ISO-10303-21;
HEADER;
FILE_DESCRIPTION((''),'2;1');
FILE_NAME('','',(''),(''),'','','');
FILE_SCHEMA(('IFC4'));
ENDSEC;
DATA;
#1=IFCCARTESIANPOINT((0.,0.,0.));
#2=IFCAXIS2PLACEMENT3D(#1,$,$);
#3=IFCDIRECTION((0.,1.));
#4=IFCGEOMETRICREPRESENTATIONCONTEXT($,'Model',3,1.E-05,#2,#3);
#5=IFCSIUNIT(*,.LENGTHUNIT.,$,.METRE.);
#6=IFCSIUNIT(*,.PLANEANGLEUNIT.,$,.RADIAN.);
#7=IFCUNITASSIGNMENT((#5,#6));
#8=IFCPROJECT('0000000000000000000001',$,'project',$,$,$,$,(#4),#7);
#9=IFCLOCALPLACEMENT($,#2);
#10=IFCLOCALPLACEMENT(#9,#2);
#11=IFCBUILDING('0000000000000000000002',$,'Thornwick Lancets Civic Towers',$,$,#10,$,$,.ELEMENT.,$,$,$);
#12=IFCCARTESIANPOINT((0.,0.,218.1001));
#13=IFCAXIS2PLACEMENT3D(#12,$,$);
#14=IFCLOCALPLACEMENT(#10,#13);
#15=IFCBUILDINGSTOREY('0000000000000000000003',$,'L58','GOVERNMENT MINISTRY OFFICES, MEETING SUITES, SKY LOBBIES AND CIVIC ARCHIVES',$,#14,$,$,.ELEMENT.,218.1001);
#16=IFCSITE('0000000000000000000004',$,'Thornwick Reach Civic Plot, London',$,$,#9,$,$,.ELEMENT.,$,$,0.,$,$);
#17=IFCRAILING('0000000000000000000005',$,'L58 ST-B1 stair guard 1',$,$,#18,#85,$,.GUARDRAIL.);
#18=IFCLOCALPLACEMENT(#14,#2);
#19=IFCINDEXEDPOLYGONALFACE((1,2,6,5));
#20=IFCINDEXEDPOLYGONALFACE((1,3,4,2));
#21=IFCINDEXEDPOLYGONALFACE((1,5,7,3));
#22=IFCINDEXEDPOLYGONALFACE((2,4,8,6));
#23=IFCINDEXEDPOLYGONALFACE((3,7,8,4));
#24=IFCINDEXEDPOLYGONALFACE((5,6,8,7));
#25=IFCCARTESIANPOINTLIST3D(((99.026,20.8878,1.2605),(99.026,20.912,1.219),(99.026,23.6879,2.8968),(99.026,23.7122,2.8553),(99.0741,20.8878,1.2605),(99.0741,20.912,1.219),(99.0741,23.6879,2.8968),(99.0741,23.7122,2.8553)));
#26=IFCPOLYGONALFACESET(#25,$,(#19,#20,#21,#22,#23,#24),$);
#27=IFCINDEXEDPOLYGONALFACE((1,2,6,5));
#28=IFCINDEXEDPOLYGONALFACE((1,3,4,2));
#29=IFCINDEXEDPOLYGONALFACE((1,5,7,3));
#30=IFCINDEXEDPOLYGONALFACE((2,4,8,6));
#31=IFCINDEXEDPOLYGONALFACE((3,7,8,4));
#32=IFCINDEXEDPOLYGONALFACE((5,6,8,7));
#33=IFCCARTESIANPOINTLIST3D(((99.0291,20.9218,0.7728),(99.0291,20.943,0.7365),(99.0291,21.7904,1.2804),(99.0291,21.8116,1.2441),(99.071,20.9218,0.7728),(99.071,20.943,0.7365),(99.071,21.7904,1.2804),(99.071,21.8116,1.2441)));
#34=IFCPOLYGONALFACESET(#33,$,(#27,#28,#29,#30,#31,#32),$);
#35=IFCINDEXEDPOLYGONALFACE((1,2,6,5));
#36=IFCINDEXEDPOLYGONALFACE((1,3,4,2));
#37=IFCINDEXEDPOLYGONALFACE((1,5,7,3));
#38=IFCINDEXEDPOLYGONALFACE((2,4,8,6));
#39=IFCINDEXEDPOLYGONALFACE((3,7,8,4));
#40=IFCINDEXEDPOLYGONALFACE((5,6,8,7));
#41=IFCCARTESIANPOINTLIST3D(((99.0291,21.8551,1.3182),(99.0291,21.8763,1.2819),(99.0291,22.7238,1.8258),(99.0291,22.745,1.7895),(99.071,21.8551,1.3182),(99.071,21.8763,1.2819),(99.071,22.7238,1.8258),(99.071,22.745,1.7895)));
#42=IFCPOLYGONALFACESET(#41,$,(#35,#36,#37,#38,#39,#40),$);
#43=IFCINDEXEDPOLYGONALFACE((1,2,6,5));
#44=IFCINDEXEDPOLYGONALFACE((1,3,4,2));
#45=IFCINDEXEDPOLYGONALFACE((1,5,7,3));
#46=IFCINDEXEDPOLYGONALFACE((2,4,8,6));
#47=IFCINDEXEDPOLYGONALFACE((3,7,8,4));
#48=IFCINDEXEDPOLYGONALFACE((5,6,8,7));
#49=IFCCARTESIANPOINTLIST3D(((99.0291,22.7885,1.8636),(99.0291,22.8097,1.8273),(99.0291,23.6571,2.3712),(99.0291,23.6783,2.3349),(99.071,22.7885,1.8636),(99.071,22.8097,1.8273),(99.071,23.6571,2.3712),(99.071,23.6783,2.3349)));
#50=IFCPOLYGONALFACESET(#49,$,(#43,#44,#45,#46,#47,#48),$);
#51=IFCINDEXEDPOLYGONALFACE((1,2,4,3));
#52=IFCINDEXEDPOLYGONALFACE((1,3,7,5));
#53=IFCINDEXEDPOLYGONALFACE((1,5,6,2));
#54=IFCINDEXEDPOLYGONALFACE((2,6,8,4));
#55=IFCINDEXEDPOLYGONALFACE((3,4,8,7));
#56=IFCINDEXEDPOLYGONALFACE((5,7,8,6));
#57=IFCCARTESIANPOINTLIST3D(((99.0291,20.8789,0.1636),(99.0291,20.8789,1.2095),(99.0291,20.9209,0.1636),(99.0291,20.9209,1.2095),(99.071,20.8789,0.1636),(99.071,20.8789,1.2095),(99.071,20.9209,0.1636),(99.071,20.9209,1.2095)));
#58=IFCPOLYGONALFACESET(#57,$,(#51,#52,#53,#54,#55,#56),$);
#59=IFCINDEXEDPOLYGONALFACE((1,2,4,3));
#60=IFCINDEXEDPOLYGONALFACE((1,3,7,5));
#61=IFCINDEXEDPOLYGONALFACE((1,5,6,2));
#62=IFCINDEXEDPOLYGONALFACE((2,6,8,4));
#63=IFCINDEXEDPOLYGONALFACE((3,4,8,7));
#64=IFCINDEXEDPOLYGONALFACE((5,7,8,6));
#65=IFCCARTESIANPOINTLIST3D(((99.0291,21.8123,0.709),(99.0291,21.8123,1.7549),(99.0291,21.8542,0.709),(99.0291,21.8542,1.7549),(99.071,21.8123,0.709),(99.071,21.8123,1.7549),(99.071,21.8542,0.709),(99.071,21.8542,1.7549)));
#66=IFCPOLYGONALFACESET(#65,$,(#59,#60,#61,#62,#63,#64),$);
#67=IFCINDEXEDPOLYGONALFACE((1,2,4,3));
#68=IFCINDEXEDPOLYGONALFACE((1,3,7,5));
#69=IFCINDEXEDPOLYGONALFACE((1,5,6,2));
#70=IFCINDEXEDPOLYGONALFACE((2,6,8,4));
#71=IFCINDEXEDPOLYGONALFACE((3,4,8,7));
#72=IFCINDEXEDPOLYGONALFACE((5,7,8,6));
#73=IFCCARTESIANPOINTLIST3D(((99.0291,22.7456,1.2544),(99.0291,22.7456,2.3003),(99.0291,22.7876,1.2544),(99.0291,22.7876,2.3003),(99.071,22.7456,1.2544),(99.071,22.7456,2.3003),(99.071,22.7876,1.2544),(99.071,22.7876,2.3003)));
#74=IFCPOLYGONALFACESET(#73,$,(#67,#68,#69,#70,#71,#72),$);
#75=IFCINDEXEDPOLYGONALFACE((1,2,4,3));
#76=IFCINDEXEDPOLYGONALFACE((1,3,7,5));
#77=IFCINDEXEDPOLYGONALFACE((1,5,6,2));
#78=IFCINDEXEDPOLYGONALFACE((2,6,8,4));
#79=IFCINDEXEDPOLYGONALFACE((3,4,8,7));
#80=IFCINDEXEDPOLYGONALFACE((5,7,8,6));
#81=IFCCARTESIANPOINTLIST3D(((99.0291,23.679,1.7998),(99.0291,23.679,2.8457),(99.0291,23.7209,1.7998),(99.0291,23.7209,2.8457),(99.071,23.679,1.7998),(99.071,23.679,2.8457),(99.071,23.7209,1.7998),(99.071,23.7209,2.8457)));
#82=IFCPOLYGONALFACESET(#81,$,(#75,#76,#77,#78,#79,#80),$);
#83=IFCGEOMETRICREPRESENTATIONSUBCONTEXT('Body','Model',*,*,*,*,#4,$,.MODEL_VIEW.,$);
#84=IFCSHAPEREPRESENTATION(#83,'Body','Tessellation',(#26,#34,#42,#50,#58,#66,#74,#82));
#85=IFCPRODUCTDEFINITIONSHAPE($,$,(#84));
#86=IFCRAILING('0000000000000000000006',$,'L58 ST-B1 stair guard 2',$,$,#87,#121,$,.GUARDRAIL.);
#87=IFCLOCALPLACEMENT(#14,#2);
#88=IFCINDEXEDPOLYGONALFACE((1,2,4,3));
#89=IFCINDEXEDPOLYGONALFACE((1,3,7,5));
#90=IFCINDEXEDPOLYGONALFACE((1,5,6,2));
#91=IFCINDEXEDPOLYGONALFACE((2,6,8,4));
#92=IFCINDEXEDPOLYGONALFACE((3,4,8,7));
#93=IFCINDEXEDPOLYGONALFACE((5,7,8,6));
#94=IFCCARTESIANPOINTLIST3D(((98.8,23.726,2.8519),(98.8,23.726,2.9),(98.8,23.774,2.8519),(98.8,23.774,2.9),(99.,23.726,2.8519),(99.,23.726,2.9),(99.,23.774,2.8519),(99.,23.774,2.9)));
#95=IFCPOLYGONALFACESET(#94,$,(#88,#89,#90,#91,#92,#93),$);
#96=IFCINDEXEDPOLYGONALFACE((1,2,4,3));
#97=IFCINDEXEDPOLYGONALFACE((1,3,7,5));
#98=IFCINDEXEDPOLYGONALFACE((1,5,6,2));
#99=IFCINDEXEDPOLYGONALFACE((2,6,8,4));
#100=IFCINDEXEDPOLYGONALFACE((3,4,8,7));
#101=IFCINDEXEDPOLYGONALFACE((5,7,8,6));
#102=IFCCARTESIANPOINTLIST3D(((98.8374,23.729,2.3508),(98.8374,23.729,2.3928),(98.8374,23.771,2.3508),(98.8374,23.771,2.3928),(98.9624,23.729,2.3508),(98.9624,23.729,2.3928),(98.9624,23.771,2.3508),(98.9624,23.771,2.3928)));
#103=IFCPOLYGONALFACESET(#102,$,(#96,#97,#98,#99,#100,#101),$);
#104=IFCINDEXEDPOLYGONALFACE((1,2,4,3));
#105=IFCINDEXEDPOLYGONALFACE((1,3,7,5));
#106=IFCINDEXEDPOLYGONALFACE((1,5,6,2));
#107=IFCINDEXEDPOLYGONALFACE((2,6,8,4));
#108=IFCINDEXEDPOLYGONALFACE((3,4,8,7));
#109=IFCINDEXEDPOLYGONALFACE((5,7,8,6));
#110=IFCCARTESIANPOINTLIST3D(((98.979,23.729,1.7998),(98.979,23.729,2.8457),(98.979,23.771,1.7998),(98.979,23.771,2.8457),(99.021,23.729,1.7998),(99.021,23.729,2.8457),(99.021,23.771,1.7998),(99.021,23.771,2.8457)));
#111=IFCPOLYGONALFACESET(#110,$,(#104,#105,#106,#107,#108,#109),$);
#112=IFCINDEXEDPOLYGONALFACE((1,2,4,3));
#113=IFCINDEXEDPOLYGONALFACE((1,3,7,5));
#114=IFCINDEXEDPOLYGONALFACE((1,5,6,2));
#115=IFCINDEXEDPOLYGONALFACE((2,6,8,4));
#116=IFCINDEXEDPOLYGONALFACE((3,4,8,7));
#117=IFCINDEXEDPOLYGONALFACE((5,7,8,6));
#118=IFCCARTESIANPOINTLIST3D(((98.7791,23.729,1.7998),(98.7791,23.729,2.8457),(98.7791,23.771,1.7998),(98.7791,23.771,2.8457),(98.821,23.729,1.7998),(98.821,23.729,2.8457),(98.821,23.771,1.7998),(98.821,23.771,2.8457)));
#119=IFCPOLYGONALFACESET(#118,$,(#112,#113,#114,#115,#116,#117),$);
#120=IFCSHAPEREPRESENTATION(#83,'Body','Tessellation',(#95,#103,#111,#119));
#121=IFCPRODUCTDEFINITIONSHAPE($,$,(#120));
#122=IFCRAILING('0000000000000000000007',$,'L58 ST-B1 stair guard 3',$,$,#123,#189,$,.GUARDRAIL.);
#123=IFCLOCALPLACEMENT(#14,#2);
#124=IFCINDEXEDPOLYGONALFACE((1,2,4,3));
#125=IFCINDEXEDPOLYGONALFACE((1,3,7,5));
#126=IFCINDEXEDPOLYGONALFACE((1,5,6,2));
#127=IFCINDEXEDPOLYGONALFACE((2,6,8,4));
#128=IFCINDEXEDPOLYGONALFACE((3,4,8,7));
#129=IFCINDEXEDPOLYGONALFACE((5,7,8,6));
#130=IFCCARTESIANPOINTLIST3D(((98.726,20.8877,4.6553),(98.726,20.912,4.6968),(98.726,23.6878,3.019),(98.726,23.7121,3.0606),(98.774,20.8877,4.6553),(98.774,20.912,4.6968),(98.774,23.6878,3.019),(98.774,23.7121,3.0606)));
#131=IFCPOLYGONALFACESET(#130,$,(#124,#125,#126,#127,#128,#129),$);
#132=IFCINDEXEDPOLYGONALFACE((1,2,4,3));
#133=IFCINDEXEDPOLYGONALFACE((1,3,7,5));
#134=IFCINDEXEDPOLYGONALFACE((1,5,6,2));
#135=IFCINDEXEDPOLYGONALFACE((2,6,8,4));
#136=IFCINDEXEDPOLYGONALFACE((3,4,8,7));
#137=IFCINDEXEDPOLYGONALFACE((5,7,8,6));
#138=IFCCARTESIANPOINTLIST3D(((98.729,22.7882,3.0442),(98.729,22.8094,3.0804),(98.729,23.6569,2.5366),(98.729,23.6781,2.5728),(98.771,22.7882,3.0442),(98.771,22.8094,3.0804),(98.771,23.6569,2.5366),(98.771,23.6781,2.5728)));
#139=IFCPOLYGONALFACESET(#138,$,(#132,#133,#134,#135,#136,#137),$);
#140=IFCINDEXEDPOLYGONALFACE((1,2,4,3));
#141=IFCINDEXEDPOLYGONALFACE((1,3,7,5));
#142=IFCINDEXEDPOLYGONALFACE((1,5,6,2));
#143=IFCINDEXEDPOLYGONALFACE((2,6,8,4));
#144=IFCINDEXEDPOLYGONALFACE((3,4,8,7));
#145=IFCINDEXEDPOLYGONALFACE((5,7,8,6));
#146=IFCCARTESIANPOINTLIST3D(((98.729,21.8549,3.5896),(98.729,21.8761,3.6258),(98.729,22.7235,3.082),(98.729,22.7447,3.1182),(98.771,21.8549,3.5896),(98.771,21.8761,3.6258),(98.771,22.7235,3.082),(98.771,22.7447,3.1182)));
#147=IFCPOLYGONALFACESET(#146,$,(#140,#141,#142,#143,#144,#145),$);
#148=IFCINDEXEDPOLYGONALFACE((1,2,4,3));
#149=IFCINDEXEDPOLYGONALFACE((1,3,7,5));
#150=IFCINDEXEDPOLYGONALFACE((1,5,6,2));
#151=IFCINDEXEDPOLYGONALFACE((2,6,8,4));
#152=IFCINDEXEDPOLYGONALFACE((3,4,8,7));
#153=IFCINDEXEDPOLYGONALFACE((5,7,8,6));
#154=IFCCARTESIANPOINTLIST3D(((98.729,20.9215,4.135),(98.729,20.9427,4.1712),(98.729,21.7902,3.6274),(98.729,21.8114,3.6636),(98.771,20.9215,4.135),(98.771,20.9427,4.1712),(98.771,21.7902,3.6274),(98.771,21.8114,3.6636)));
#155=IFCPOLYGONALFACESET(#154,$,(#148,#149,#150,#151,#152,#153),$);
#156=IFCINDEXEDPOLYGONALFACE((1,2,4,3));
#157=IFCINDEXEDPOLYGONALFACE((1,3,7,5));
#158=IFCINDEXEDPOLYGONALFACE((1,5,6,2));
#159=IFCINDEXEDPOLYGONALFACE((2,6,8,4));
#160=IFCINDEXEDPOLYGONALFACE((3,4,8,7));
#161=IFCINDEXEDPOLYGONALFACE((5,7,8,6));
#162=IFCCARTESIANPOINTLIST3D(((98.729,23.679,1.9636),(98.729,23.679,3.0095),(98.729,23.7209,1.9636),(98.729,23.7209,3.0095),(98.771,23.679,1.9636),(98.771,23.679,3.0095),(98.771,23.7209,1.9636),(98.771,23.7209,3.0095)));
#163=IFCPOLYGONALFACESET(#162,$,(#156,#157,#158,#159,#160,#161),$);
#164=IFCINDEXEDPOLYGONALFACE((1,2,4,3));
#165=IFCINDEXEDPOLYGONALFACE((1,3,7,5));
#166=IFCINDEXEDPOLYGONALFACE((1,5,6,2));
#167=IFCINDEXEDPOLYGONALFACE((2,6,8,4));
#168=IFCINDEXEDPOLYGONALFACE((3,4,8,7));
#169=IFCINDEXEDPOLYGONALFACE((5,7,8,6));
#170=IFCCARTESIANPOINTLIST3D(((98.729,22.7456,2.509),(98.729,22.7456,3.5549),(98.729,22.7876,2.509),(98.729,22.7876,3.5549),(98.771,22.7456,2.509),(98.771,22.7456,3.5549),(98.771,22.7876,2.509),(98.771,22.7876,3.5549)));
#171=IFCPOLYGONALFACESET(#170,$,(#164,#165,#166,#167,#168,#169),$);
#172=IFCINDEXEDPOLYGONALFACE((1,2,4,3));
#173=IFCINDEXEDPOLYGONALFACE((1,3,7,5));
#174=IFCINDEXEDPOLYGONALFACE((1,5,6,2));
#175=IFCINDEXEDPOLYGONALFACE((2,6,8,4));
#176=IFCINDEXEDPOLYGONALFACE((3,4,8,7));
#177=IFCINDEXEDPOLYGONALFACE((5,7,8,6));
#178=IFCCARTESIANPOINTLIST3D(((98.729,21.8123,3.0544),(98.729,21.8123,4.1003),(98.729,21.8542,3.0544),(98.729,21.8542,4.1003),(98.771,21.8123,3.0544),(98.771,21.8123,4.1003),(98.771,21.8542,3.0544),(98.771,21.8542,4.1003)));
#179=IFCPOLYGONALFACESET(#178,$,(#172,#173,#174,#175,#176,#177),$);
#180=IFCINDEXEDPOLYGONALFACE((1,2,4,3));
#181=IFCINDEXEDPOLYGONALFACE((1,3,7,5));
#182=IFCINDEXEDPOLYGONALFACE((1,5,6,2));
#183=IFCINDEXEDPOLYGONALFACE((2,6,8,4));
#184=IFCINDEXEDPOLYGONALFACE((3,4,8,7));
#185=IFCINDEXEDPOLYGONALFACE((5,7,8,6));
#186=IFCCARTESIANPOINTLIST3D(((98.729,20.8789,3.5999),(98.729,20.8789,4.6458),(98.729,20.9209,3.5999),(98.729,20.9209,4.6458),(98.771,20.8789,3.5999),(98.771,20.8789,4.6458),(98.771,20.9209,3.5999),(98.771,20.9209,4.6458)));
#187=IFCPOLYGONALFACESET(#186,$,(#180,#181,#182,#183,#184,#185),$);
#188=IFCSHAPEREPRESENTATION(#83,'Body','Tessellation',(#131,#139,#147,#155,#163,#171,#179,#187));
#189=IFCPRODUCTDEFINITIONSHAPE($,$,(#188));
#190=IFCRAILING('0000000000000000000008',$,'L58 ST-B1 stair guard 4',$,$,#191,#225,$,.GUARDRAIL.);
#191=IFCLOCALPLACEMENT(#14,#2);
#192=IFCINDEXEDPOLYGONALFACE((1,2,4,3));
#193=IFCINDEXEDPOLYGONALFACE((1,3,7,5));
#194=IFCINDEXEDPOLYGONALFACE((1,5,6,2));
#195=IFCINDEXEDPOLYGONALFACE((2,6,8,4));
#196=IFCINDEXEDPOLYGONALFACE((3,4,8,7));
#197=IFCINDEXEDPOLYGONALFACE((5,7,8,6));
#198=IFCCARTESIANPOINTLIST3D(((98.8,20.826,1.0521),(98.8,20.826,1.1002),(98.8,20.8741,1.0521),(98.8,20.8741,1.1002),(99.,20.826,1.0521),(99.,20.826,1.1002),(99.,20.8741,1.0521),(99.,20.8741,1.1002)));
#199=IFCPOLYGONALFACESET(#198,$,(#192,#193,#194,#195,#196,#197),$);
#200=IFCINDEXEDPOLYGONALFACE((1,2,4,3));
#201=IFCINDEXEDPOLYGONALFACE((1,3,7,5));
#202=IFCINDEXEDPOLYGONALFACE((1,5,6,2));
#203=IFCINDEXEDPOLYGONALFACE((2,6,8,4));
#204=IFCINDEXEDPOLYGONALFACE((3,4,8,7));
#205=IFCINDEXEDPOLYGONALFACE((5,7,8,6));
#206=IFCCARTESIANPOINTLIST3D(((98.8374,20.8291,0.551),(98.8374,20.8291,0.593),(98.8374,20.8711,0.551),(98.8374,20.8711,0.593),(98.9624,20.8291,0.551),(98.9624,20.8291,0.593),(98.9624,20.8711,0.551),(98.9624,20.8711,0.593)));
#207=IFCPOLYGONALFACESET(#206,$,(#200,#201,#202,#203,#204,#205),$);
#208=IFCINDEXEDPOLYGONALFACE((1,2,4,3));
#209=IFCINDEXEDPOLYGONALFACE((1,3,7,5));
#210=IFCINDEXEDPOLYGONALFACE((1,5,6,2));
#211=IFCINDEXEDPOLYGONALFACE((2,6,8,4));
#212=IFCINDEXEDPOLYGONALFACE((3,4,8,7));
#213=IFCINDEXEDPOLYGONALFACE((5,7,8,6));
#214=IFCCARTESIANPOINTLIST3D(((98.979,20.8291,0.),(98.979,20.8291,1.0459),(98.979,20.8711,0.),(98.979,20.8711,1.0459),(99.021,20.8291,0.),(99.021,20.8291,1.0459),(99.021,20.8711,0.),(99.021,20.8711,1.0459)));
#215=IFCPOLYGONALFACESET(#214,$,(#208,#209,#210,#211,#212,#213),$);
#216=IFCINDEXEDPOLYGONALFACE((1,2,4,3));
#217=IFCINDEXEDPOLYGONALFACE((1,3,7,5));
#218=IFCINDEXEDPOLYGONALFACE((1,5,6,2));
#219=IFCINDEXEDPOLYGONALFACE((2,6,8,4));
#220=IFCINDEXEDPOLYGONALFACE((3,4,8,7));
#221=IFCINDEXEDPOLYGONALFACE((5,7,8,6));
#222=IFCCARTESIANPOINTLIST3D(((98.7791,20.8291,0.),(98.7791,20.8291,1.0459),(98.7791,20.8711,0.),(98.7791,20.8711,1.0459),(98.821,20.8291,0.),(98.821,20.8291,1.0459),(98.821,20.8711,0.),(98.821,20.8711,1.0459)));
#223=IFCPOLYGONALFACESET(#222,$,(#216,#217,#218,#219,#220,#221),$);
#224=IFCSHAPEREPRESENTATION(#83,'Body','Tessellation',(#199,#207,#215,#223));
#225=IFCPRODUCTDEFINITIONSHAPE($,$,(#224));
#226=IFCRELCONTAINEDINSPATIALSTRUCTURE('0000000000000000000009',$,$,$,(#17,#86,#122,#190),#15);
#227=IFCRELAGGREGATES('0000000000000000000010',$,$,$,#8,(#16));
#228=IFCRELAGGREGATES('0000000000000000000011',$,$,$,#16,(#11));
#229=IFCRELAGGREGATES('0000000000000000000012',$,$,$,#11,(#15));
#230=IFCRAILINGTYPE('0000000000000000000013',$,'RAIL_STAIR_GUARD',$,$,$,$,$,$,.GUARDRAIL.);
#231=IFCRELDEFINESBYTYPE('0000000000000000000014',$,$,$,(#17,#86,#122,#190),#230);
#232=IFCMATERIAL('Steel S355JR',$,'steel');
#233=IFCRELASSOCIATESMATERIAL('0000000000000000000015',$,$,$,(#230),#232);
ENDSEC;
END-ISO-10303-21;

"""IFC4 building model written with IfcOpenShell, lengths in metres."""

from ifc_helpers import new_model, si_unit, direction, frame, origin, origin_2d, place, context, subcontext, project, spatial, rectangle, extrude, material, type_object, element, save


model = new_model("IFC4")

# Units and contexts
model_context = context("Model", 3, precision=1e-05, world=origin(), true_north=direction((0.0, 1.0)))
body_context = subcontext(model_context, "Body", "Model", "MODEL_VIEW")
ifc_project = project(units=[si_unit("LENGTHUNIT", "METRE"), si_unit("PLANEANGLEUNIT", "RADIAN")], contexts=[model_context])

# Site, building, storey
site_placement = place(None, origin())
site = spatial("IfcSite", under=ifc_project, at=site_placement, Name="Thornwick Reach Civic Plot, London", CompositionType="ELEMENT", RefElevation=0.0)
building_placement = place(site_placement, origin())
building = spatial("IfcBuilding", under=site, at=building_placement, Name="Thornwick Lancets Civic Towers", CompositionType="ELEMENT")
storey_placement = place(building_placement, frame((0.0, 0.0, 218.1001)))
storey = spatial("IfcBuildingStorey", under=building, at=storey_placement, Name="L58", Description="GOVERNMENT MINISTRY OFFICES, MEETING SUITES, SKY LOBBIES AND CIVIC ARCHIVES", CompositionType="ELEMENT", Elevation=218.1001)

# Railings
ifc_material_1 = material(Name="Steel S355JR", Category="steel")
railing_type_1 = type_object("IfcRailingType", Name="RAIL_STAIR_GUARD", PredefinedType="GUARDRAIL", material=ifc_material_1)
railing_1_placement = place(storey_placement, frame((99.05, 20.8999, 0.1636)))
element("IfcRailing", 1, at=railing_1_placement, inside=storey, type_object=railing_type_1, Name="L58 ST-B1 stair guard 1", PredefinedType="GUARDRAIL", context=body_context, shape_type="SweptSolid", body=[
    extrude(rectangle(XDim=0.0481, YDim=0.0481, at=origin_2d()), frame((0.0, 0.0, 1.0762), z_axis=(0.0, 0.863394, 0.504531), x_axis=(-1.0, 0.0, 0.0)), (0.0, 0.0, 1.0), 3.2432),
    extrude(rectangle(XDim=0.042, YDim=0.042, at=origin_2d()), frame((0.0, 0.0325, 0.5911), z_axis=(0.0, 0.863394, 0.504531), x_axis=(-1.0, 0.0, 0.0)), (0.0, 0.0, 1.0), 1.0061),
    extrude(rectangle(XDim=0.042, YDim=0.042, at=origin_2d()), frame((0.0, 0.9658, 1.1365), z_axis=(0.0, 0.863394, 0.504531), x_axis=(-1.0, 0.0, 0.0)), (0.0, 0.0, 1.0), 1.0061),
    extrude(rectangle(XDim=0.042, YDim=0.042, at=origin_2d()), frame((0.0, 1.8992, 1.6819), z_axis=(0.0, 0.863394, 0.504531), x_axis=(-1.0, 0.0, 0.0)), (0.0, 0.0, 1.0), 1.0061),
    extrude(rectangle(XDim=0.042, YDim=0.042, at=origin_2d()), origin(), (0.0, 0.0, 1.0), 1.0459),
    extrude(rectangle(XDim=0.042, YDim=0.042, at=origin_2d()), frame((0.0, 0.9333, 0.5454)), (0.0, 0.0, 1.0), 1.0459),
    extrude(rectangle(XDim=0.042, YDim=0.042, at=origin_2d()), frame((0.0, 1.8667, 1.0908)), (0.0, 0.0, 1.0), 1.0459),
    extrude(rectangle(XDim=0.042, YDim=0.042, at=origin_2d()), frame((0.0, 2.8, 1.6362)), (0.0, 0.0, 1.0), 1.0459),
])
railing_2_placement = place(storey_placement, frame((99.0, 23.75, 1.7998)))
element("IfcRailing", 2, at=railing_2_placement, inside=storey, type_object=railing_type_1, Name="L58 ST-B1 stair guard 2", PredefinedType="GUARDRAIL", context=body_context, shape_type="SweptSolid", body=[
    extrude(rectangle(XDim=0.0481, YDim=0.0481, at=origin_2d()), frame((0.0, 0.0, 1.0762), z_axis=(-1.0, 0.0, 0.0), x_axis=(0.0, -1.0, 0.0)), (0.0, 0.0, 1.0), 0.2),
    extrude(rectangle(XDim=0.042, YDim=0.042, at=origin_2d()), frame((-0.0376, 0.0, 0.572), z_axis=(-1.0, 0.0, 0.0), x_axis=(0.0, -1.0, 0.0)), (0.0, 0.0, 1.0), 0.125),
    extrude(rectangle(XDim=0.042, YDim=0.042, at=origin_2d()), origin(), (0.0, 0.0, 1.0), 1.0459),
    extrude(rectangle(XDim=0.042, YDim=0.042, at=origin_2d()), frame((-0.2, 0.0, 0.0)), (0.0, 0.0, 1.0), 1.0459),
])
railing_3_placement = place(storey_placement, frame((98.75, 23.7, 1.9636)))
element("IfcRailing", 3, at=railing_3_placement, inside=storey, type_object=railing_type_1, Name="L58 ST-B1 stair guard 3", PredefinedType="GUARDRAIL", context=body_context, shape_type="SweptSolid", body=[
    extrude(rectangle(XDim=0.0481, YDim=0.0481, at=origin_2d()), frame((0.0, 0.0, 1.0762), z_axis=(0.0, -0.863394, 0.504531), x_axis=(1.0, 0.0, 0.0)), (0.0, 0.0, 1.0), 3.2432),
    extrude(rectangle(XDim=0.042, YDim=0.042, at=origin_2d()), frame((0.0, -0.0325, 0.5911), z_axis=(0.0, -0.863394, 0.504531), x_axis=(1.0, 0.0, 0.0)), (0.0, 0.0, 1.0), 1.0061),
    extrude(rectangle(XDim=0.042, YDim=0.042, at=origin_2d()), frame((0.0, -0.9658, 1.1365), z_axis=(0.0, -0.863394, 0.504531), x_axis=(1.0, 0.0, 0.0)), (0.0, 0.0, 1.0), 1.0061),
    extrude(rectangle(XDim=0.042, YDim=0.042, at=origin_2d()), frame((0.0, -1.8992, 1.6819), z_axis=(0.0, -0.863394, 0.504531), x_axis=(1.0, 0.0, 0.0)), (0.0, 0.0, 1.0), 1.0061),
    extrude(rectangle(XDim=0.042, YDim=0.042, at=origin_2d()), origin(), (0.0, 0.0, 1.0), 1.0459),
    extrude(rectangle(XDim=0.042, YDim=0.042, at=origin_2d()), frame((0.0, -0.9333, 0.5454)), (0.0, 0.0, 1.0), 1.0459),
    extrude(rectangle(XDim=0.042, YDim=0.042, at=origin_2d()), frame((0.0, -1.8667, 1.0908)), (0.0, 0.0, 1.0), 1.0459),
    extrude(rectangle(XDim=0.042, YDim=0.042, at=origin_2d()), frame((0.0, -2.8, 1.6362)), (0.0, 0.0, 1.0), 1.0459),
])
railing_4_placement = place(storey_placement, frame((99.0, 20.8501, 0.0)))
element("IfcRailing", 4, at=railing_4_placement, inside=storey, type_object=railing_type_1, Name="L58 ST-B1 stair guard 4", PredefinedType="GUARDRAIL", context=body_context, shape_type="SweptSolid", body=[
    extrude(rectangle(XDim=0.0481, YDim=0.0481, at=origin_2d()), frame((0.0, 0.0, 1.0762), z_axis=(-1.0, 0.0, 0.0), x_axis=(0.0, -1.0, 0.0)), (0.0, 0.0, 1.0), 0.2),
    extrude(rectangle(XDim=0.042, YDim=0.042, at=origin_2d()), frame((-0.0376, 0.0, 0.572), z_axis=(-1.0, 0.0, 0.0), x_axis=(0.0, -1.0, 0.0)), (0.0, 0.0, 1.0), 0.125),
    extrude(rectangle(XDim=0.042, YDim=0.042, at=origin_2d()), origin(), (0.0, 0.0, 1.0), 1.0459),
    extrude(rectangle(XDim=0.042, YDim=0.042, at=origin_2d()), frame((-0.2, 0.0, 0.0)), (0.0, 0.0, 1.0), 1.0459),
])

save(model, "model.ifc")
